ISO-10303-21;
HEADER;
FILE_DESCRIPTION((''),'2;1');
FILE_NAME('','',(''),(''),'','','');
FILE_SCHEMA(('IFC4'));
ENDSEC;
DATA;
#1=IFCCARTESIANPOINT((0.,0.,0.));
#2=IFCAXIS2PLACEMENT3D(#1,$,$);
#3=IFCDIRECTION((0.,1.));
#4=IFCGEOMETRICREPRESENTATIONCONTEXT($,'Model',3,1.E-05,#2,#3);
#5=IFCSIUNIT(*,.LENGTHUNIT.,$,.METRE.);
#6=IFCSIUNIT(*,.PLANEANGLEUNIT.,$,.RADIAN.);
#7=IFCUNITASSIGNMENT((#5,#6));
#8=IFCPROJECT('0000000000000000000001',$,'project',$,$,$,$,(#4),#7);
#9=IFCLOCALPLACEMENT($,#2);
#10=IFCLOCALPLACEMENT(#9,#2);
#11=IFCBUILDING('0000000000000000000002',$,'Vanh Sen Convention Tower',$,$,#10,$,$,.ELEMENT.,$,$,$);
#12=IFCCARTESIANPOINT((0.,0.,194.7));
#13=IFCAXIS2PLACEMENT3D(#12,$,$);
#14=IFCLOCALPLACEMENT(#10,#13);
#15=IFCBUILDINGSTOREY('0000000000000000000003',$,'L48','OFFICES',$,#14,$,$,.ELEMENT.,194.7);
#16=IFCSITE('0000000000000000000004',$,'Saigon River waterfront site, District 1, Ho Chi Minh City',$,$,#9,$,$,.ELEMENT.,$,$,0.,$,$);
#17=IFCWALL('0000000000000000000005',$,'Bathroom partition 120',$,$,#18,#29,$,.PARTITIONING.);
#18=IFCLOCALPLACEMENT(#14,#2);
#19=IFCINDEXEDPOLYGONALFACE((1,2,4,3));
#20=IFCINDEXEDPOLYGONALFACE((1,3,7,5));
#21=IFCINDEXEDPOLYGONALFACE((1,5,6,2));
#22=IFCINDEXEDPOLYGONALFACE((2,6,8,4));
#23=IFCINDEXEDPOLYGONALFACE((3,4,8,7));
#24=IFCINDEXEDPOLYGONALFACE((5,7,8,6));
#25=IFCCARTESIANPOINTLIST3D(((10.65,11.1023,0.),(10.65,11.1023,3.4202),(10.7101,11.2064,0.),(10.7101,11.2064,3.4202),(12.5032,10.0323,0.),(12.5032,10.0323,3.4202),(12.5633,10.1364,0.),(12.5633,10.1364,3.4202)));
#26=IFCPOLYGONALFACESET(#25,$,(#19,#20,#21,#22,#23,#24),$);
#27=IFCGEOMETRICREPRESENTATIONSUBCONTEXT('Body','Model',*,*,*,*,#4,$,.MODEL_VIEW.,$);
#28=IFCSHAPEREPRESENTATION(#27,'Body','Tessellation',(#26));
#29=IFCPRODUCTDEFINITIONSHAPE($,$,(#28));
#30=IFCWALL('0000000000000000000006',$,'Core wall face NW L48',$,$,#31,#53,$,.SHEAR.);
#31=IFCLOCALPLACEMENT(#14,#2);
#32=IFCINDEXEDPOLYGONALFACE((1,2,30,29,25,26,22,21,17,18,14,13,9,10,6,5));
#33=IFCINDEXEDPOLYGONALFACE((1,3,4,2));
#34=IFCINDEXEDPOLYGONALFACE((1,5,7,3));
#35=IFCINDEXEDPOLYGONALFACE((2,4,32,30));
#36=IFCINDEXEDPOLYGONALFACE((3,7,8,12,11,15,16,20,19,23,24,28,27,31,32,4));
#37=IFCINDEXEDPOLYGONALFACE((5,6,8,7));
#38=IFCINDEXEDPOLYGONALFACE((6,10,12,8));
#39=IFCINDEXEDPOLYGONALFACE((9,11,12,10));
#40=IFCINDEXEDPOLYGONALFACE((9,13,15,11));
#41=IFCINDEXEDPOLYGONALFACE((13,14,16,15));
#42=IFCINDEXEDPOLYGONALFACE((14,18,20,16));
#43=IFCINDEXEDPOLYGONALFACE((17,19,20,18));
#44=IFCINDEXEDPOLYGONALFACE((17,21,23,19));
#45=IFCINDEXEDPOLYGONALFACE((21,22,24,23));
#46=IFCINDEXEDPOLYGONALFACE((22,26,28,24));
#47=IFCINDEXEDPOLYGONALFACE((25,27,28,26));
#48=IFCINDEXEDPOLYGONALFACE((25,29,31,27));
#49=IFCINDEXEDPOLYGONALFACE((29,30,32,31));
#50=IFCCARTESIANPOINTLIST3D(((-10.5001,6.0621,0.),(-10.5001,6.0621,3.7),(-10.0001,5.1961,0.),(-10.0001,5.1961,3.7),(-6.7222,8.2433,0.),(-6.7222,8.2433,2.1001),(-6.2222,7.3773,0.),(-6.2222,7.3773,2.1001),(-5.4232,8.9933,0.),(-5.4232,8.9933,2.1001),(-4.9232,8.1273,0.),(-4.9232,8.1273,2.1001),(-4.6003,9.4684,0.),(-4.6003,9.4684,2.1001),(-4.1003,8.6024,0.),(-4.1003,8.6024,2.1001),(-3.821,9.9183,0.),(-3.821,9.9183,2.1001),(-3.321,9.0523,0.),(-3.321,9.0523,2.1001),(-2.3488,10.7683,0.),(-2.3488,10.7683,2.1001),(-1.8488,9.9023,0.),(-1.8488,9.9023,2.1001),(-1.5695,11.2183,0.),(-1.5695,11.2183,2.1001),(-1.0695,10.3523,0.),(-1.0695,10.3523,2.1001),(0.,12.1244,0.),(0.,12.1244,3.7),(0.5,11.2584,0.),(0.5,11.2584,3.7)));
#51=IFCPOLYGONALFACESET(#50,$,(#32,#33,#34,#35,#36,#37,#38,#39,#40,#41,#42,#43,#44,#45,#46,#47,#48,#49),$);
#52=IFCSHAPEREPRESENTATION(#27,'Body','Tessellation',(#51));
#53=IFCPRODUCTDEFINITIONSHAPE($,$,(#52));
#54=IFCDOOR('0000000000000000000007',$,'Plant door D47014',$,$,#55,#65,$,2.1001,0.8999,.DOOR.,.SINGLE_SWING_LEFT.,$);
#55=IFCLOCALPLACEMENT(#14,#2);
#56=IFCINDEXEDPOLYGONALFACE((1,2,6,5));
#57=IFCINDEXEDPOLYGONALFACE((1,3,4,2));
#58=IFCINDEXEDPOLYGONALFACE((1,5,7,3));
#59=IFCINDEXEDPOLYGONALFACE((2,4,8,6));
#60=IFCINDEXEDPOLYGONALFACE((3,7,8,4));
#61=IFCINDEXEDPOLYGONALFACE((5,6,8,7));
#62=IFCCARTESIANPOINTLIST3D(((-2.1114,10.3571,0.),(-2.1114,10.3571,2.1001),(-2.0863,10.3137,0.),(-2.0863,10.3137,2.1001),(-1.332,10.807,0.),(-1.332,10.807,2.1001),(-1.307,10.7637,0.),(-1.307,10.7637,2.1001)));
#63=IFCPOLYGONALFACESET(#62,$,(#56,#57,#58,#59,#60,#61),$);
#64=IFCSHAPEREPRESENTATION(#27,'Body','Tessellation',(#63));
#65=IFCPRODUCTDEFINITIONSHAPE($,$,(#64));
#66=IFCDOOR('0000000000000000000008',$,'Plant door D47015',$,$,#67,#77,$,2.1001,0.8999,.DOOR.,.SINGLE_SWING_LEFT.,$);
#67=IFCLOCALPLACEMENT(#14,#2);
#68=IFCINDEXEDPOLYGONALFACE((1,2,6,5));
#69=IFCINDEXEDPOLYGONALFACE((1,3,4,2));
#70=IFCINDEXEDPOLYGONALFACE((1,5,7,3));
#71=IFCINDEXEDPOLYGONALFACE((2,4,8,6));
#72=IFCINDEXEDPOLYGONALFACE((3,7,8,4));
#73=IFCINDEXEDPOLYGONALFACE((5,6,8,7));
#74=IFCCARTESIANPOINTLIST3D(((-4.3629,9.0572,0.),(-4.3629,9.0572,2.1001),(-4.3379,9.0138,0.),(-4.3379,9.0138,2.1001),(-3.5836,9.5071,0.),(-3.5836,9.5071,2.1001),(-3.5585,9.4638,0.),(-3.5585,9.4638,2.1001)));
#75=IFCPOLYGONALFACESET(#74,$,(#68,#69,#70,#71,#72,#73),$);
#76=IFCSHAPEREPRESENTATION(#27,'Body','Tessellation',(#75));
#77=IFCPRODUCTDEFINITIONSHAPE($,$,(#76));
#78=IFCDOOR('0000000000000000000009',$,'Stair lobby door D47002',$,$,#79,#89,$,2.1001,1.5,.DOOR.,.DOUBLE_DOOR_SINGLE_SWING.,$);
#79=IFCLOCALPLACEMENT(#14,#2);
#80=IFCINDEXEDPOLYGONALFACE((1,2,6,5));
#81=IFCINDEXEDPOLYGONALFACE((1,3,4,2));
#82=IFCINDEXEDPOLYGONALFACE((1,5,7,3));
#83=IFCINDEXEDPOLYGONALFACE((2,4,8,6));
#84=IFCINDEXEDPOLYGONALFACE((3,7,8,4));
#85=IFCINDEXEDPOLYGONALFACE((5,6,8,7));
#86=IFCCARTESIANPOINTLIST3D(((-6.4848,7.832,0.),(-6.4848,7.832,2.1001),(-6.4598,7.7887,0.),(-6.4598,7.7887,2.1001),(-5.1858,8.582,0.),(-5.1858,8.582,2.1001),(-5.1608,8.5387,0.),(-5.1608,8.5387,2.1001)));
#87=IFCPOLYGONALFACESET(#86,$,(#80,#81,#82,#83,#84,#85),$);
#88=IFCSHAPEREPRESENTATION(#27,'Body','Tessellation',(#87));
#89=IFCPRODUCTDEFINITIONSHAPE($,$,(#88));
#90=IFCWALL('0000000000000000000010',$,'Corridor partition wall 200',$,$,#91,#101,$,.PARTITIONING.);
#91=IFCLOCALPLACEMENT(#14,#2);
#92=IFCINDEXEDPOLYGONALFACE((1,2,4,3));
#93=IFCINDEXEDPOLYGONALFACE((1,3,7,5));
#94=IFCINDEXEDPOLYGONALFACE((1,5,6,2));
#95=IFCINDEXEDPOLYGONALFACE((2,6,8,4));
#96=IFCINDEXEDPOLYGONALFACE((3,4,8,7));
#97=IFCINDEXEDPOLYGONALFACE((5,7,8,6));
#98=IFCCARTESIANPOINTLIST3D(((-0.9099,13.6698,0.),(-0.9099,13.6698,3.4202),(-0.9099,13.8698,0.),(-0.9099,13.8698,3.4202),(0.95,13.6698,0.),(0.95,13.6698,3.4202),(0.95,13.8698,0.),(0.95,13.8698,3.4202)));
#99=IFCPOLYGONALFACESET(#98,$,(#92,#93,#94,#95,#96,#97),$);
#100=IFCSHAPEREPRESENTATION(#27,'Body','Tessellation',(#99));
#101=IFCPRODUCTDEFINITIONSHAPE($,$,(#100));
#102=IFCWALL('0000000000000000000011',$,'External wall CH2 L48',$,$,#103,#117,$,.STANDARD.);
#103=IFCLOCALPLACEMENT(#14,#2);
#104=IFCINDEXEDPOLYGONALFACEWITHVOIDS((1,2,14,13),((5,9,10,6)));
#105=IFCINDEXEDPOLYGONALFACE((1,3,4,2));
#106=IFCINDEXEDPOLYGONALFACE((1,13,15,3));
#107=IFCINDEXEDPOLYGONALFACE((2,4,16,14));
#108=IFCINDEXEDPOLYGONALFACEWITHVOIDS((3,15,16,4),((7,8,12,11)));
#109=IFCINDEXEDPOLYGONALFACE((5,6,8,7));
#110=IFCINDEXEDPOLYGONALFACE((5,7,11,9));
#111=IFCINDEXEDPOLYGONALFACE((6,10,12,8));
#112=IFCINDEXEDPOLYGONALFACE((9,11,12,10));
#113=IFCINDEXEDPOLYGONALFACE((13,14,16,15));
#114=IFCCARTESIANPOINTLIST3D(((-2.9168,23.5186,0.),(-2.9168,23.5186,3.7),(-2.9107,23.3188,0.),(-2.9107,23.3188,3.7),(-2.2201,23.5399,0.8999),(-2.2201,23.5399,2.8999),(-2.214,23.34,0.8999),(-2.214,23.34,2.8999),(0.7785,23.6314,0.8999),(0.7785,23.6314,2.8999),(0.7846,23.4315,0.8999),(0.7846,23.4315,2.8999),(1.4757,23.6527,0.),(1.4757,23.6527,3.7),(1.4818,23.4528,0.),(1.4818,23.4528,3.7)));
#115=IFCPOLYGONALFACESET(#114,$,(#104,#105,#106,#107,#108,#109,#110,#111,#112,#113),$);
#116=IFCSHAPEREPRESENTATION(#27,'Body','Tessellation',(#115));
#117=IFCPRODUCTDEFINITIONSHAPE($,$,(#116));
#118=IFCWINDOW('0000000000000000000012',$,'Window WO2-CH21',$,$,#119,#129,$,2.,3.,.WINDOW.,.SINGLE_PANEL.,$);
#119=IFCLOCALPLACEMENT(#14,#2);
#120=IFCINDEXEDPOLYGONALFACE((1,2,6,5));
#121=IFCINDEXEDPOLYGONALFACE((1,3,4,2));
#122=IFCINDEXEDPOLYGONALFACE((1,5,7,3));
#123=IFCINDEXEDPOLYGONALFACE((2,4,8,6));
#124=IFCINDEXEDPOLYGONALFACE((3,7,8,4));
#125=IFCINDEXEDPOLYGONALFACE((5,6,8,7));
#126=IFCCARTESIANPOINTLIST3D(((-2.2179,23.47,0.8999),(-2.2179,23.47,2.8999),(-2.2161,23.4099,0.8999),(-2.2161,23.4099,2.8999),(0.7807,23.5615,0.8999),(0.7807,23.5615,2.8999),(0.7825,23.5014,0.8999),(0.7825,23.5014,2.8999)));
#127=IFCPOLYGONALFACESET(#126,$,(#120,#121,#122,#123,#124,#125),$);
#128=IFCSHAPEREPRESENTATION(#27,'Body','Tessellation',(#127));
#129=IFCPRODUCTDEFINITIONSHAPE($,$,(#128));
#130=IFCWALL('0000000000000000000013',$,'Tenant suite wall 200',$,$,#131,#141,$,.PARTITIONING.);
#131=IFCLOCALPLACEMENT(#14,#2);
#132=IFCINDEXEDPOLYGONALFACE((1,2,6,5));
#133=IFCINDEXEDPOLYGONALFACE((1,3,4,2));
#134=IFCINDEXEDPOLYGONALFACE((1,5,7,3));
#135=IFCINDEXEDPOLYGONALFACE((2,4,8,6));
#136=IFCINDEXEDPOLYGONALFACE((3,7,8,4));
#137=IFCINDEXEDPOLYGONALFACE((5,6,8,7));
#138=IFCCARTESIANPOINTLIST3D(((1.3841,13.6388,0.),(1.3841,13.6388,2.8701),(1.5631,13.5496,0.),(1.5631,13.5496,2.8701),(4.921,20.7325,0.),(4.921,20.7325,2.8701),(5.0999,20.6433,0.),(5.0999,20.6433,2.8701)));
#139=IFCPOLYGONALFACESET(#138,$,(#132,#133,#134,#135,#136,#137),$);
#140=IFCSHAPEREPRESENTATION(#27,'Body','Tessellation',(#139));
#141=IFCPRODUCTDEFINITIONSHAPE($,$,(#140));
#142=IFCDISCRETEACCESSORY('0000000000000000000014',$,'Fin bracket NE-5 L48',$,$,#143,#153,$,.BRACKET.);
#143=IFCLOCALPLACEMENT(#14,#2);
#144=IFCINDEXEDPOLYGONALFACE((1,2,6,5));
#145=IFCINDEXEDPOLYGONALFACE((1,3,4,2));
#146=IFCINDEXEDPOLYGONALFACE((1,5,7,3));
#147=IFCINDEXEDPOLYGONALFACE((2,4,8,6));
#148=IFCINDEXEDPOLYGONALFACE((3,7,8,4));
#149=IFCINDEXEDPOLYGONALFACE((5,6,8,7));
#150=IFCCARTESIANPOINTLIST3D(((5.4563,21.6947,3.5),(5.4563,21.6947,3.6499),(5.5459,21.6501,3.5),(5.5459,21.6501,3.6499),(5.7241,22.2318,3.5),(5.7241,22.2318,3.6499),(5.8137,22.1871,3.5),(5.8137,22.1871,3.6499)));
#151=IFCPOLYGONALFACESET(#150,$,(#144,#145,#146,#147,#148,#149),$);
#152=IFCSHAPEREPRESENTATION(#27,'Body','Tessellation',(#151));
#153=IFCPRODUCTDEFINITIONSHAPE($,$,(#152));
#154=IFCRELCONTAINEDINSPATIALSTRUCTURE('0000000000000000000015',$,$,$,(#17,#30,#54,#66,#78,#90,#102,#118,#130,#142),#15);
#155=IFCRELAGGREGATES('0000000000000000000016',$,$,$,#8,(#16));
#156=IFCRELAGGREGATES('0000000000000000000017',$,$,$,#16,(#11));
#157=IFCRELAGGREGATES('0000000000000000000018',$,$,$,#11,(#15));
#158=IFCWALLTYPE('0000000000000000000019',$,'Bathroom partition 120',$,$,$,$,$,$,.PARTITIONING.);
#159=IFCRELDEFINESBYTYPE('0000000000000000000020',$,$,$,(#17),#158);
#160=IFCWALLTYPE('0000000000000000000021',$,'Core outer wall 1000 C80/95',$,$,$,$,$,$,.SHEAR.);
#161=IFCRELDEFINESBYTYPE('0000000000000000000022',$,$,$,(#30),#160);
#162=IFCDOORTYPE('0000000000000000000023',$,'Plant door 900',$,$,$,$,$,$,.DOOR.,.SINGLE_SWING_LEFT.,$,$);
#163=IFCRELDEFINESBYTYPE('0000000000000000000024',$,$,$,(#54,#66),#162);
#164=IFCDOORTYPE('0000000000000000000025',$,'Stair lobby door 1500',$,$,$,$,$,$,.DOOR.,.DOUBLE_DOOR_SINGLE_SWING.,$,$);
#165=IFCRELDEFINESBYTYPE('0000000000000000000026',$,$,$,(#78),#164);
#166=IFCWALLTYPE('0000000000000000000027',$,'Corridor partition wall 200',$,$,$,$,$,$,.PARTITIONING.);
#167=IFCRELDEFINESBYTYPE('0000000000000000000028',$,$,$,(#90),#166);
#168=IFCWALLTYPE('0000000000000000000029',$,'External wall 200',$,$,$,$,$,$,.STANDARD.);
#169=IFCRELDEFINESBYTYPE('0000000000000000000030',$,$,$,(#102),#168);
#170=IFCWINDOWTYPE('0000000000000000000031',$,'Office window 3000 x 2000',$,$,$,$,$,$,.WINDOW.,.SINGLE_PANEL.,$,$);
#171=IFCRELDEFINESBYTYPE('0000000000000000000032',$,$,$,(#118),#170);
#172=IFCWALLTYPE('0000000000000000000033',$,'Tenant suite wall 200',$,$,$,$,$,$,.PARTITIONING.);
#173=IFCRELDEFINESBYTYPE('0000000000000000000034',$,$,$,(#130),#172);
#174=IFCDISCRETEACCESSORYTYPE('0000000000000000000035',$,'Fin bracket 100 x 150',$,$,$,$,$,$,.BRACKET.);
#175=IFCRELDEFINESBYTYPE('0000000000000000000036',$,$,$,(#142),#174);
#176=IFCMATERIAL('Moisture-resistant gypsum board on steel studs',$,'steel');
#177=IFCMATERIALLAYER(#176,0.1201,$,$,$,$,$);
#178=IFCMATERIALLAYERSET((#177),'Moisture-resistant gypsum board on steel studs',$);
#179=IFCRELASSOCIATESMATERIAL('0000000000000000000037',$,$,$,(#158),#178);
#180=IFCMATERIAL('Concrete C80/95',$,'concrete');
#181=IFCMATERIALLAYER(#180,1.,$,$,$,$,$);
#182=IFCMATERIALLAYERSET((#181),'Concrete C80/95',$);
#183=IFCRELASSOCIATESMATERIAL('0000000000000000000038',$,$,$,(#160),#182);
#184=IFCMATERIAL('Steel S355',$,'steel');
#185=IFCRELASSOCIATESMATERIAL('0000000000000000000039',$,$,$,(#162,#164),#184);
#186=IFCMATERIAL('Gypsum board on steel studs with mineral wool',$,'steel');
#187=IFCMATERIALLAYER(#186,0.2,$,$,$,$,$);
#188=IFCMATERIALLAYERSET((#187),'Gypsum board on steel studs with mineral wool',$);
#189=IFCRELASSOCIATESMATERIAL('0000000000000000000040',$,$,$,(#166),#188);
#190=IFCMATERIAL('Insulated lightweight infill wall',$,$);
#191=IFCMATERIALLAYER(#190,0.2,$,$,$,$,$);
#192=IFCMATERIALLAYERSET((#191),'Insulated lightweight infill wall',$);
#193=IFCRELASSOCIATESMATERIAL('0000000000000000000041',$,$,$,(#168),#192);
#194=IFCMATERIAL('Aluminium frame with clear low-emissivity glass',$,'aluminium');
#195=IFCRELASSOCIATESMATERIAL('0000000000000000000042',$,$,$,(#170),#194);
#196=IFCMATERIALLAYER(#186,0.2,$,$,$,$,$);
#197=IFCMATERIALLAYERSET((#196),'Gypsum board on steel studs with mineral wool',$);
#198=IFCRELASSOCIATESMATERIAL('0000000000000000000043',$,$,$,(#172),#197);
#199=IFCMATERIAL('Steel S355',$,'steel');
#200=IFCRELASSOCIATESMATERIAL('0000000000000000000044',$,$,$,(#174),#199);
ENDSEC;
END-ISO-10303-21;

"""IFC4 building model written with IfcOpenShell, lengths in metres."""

from ifc_helpers import new_model, si_unit, direction, frame, frame_2d, origin, origin_2d, place, context, subcontext, project, spatial, rectangle, extrude, material, layer, layer_set, type_object, element, fill, save


model = new_model("IFC4")

# Units and contexts
model_context = context("Model", 3, precision=1e-05, world=origin(), true_north=direction((0.0, 1.0)))
body_context = subcontext(model_context, "Body", "Model", "MODEL_VIEW")
ifc_project = project(units=[si_unit("LENGTHUNIT", "METRE"), si_unit("PLANEANGLEUNIT", "RADIAN")], contexts=[model_context])

# Site, building, storey
site_placement = place(None, origin())
site = spatial("IfcSite", under=ifc_project, at=site_placement, Name="Saigon River waterfront site, District 1, Ho Chi Minh City", CompositionType="ELEMENT", RefElevation=0.0)
building_placement = place(site_placement, origin())
building = spatial("IfcBuilding", under=site, at=building_placement, Name="Vanh Sen Convention Tower", CompositionType="ELEMENT")
storey_placement = place(building_placement, frame((0.0, 0.0, 194.7)))
storey = spatial("IfcBuildingStorey", under=building, at=storey_placement, Name="L48", Description="OFFICES", CompositionType="ELEMENT", Elevation=194.7)

# Shared definitions
ifc_material_1 = material(Name="Concrete C80/95", Category="concrete")

# Wall
ifc_material_2 = material(Name="Moisture-resistant gypsum board on steel studs", Category="steel")
ifc_layer_1 = layer(ifc_material_2, 0.1201)
ifc_layer_set_1 = layer_set([ifc_layer_1], Name="Moisture-resistant gypsum board on steel studs")
wall_type_1 = type_object("IfcWallType", Name="Bathroom partition 120", PredefinedType="PARTITIONING", material=ifc_layer_set_1)
wall_1_placement = place(storey_placement, frame((10.6802, 11.1543, 0.0), z_axis=(0.0, 0.0, 1.0), x_axis=(0.866009, -0.500029, 0.0)))
element("IfcWall", 1, at=wall_1_placement, inside=storey, type_object=wall_type_1, Name="Bathroom partition 120", PredefinedType="PARTITIONING", context=body_context, shape_type="SweptSolid", body=[
    extrude(rectangle(XDim=2.1399, YDim=0.1201, at=frame_2d((1.0698, 0.0))), origin(), (0.0, 0.0, 1.0), 3.4202),
])

# Wall, openings, doors
ifc_layer_2 = layer(ifc_material_1, 1.0)
ifc_layer_set_2 = layer_set([ifc_layer_2], Name="Concrete C80/95")
wall_type_2 = type_object("IfcWallType", Name="Core outer wall 1000 C80/95", PredefinedType="SHEAR", material=ifc_layer_set_2)
wall_2_placement = place(storey_placement, frame((0.25, 11.6914, 0.0), z_axis=(0.0, 0.0, 1.0), x_axis=(-0.866023, -0.500005, 0.0)))
wall_2 = element("IfcWall", 2, at=wall_2_placement, inside=storey, type_object=wall_type_2, Name="Core wall face NW L48", PredefinedType="SHEAR", context=body_context, shape_type="SweptSolid", body=[
    extrude(rectangle(XDim=12.1245, YDim=1.0, at=frame_2d((6.0623, 0.0))), origin(), (0.0, 0.0, 1.0), 3.7),
])
opening_1_placement = place(wall_2_placement, frame((6.2622, 0.0, 0.0)))
opening_1 = element("IfcOpeningElement", 3, at=opening_1_placement, cuts=wall_2, PredefinedType="OPENING", context=body_context, shape_type="SweptSolid", body=[
    extrude(rectangle(XDim=1.5, YDim=2.1001, at=frame_2d((0.75, 1.05))), frame((0.0, 0.51, 0.0), z_axis=(0.0, -1.0, 0.0), x_axis=(1.0, 0.0, 0.0)), (0.0, 0.0, 1.0), 1.02),
])
opening_2_placement = place(wall_2_placement, frame((1.8123, 0.0, 0.0)))
opening_2 = element("IfcOpeningElement", 4, at=opening_2_placement, cuts=wall_2, PredefinedType="OPENING", context=body_context, shape_type="SweptSolid", body=[
    extrude(rectangle(XDim=0.8999, YDim=2.1001, at=frame_2d((0.45, 1.05))), frame((0.0, 0.51, 0.0), z_axis=(0.0, -1.0, 0.0), x_axis=(1.0, 0.0, 0.0)), (0.0, 0.0, 1.0), 1.02),
])
opening_3_placement = place(wall_2_placement, frame((4.4121, 0.0, 0.0)))
opening_3 = element("IfcOpeningElement", 5, at=opening_3_placement, cuts=wall_2, PredefinedType="OPENING", context=body_context, shape_type="SweptSolid", body=[
    extrude(rectangle(XDim=0.8999, YDim=2.1001, at=frame_2d((0.45, 1.05))), frame((0.0, 0.51, 0.0), z_axis=(0.0, -1.0, 0.0), x_axis=(1.0, 0.0, 0.0)), (0.0, 0.0, 1.0), 1.02),
])
ifc_material_3 = material(Name="Steel S355", Category="steel")
door_type_1 = type_object("IfcDoorType", Name="Plant door 900", OperationType="SINGLE_SWING_LEFT", PredefinedType="DOOR", material=ifc_material_3)
door_1_placement = place(opening_2_placement, origin())
door_1 = element("IfcDoor", 6, at=door_1_placement, inside=storey, type_object=door_type_1, Name="Plant door D47014", OperationType="SINGLE_SWING_LEFT", OverallHeight=2.1001, OverallWidth=0.8999, PredefinedType="DOOR", context=body_context, shape_type="SweptSolid", body=[
    extrude(rectangle(XDim=0.8999, YDim=2.1001, at=frame_2d((0.45, 1.05))), frame((0.0, 0.0249, 0.0), z_axis=(0.0, -1.0, 0.0), x_axis=(1.0, 0.0, 0.0)), (0.0, 0.0, 1.0), 0.05),
])
fill(opening_2, door_1)
door_2_placement = place(opening_3_placement, origin())
door_2 = element("IfcDoor", 7, at=door_2_placement, inside=storey, type_object=door_type_1, Name="Plant door D47015", OperationType="SINGLE_SWING_LEFT", OverallHeight=2.1001, OverallWidth=0.8999, PredefinedType="DOOR", context=body_context, shape_type="SweptSolid", body=[
    extrude(rectangle(XDim=0.8999, YDim=2.1001, at=frame_2d((0.45, 1.05))), frame((0.0, 0.0249, 0.0), z_axis=(0.0, -1.0, 0.0), x_axis=(1.0, 0.0, 0.0)), (0.0, 0.0, 1.0), 0.05),
])
fill(opening_3, door_2)
door_type_2 = type_object("IfcDoorType", Name="Stair lobby door 1500", OperationType="DOUBLE_DOOR_SINGLE_SWING", PredefinedType="DOOR", material=ifc_material_3)
door_3_placement = place(opening_1_placement, origin())
door_3 = element("IfcDoor", 8, at=door_3_placement, inside=storey, type_object=door_type_2, Name="Stair lobby door D47002", OperationType="DOUBLE_DOOR_SINGLE_SWING", OverallHeight=2.1001, OverallWidth=1.5, PredefinedType="DOOR", context=body_context, shape_type="SweptSolid", body=[
    extrude(rectangle(XDim=1.5, YDim=2.1001, at=frame_2d((0.75, 1.05))), frame((0.0, 0.0249, 0.0), z_axis=(0.0, -1.0, 0.0), x_axis=(1.0, 0.0, 0.0)), (0.0, 0.0, 1.0), 0.05),
])
fill(opening_1, door_3)

# Wall
ifc_material_4 = material(Name="Gypsum board on steel studs with mineral wool", Category="steel")
ifc_layer_3 = layer(ifc_material_4, 0.2)
ifc_layer_set_3 = layer_set([ifc_layer_3], Name="Gypsum board on steel studs with mineral wool")
wall_type_3 = type_object("IfcWallType", Name="Corridor partition wall 200", PredefinedType="PARTITIONING", material=ifc_layer_set_3)
wall_3_placement = place(storey_placement, frame((0.95, 13.7698, 0.0), z_axis=(0.0, 0.0, 1.0), x_axis=(-1.0, 0.0, 0.0)))
element("IfcWall", 9, at=wall_3_placement, inside=storey, type_object=wall_type_3, Name="Corridor partition wall 200", PredefinedType="PARTITIONING", context=body_context, shape_type="SweptSolid", body=[
    extrude(rectangle(XDim=1.8599, YDim=0.2, at=frame_2d((0.9299, 0.0))), origin(), (0.0, 0.0, 1.0), 3.4202),
])

# Wall, opening, window
ifc_material_5 = material(Name="Insulated lightweight infill wall")
ifc_layer_4 = layer(ifc_material_5, 0.2)
ifc_layer_set_4 = layer_set([ifc_layer_4], Name="Insulated lightweight infill wall")
wall_type_4 = type_object("IfcWallType", Name="External wall 200", PredefinedType="STANDARD", material=ifc_layer_set_4)
wall_4_placement = place(storey_placement, frame((1.4788, 23.5527, 0.0), z_axis=(0.0, 0.0, 1.0), x_axis=(-0.999535, -0.030499, 0.0)))
wall_4 = element("IfcWall", 10, at=wall_4_placement, inside=storey, type_object=wall_type_4, Name="External wall CH2 L48", PredefinedType="STANDARD", context=body_context, shape_type="SweptSolid", body=[
    extrude(rectangle(XDim=4.3945, YDim=0.2, at=frame_2d((2.1973, 0.0))), origin(), (0.0, 0.0, 1.0), 3.7),
])
opening_4_placement = place(wall_4_placement, frame((0.6975, 0.0, 0.8999)))
opening_4 = element("IfcOpeningElement", 11, at=opening_4_placement, cuts=wall_4, PredefinedType="OPENING", context=body_context, shape_type="SweptSolid", body=[
    extrude(rectangle(XDim=3.0, YDim=2.0, at=frame_2d((1.5, 1.0))), frame((0.0, 0.1099, 0.0), z_axis=(0.0, -1.0, 0.0), x_axis=(1.0, 0.0, 0.0)), (0.0, 0.0, 1.0), 0.22),
])
ifc_material_6 = material(Name="Aluminium frame with clear low-emissivity glass", Category="aluminium")
window_type = type_object("IfcWindowType", Name="Office window 3000 x 2000", PartitioningType="SINGLE_PANEL", PredefinedType="WINDOW", material=ifc_material_6)
window_placement = place(opening_4_placement, origin())
window = element("IfcWindow", 12, at=window_placement, inside=storey, type_object=window_type, Name="Window WO2-CH21", OverallHeight=2.0, OverallWidth=3.0, PartitioningType="SINGLE_PANEL", PredefinedType="WINDOW", context=body_context, shape_type="SweptSolid", body=[
    extrude(rectangle(XDim=3.0, YDim=2.0, at=frame_2d((1.5, 1.0))), frame((0.0, 0.03, 0.0), z_axis=(0.0, -1.0, 0.0), x_axis=(1.0, 0.0, 0.0)), (0.0, 0.0, 1.0), 0.0601),
])
fill(opening_4, window)

# Wall
ifc_layer_5 = layer(ifc_material_4, 0.2)
ifc_layer_set_5 = layer_set([ifc_layer_5], Name="Gypsum board on steel studs with mineral wool")
wall_type_5 = type_object("IfcWallType", Name="Tenant suite wall 200", PredefinedType="PARTITIONING", material=ifc_layer_set_5)
wall_5_placement = place(storey_placement, frame((5.0105, 20.688, 0.0), z_axis=(0.0, 0.0, 1.0), x_axis=(-0.446203, -0.894932, 0.0)))
element("IfcWall", 13, at=wall_5_placement, inside=storey, type_object=wall_type_5, Name="Tenant suite wall 200", PredefinedType="PARTITIONING", context=body_context, shape_type="SweptSolid", body=[
    extrude(rectangle(XDim=7.9265, YDim=0.2, at=frame_2d((3.9634, 0.0))), origin(), (0.0, 0.0, 1.0), 2.8701),
])

# Discrete accessory
ifc_material_7 = material(Name="Steel S355", Category="steel")
discrete_accessory_type = type_object("IfcDiscreteAccessoryType", Name="Fin bracket 100 x 150", PredefinedType="BRACKET", material=ifc_material_7)
discrete_accessory_placement = place(storey_placement, frame((5.635, 21.9409, 3.5), z_axis=(0.0, 0.0, 1.0), x_axis=(0.446198, 0.894934, 0.0)))
element("IfcDiscreteAccessory", 14, at=discrete_accessory_placement, inside=storey, type_object=discrete_accessory_type, Name="Fin bracket NE-5 L48", PredefinedType="BRACKET", context=body_context, shape_type="SweptSolid", body=[
    extrude(rectangle(XDim=0.6001, YDim=0.1001, at=origin_2d()), origin(), (0.0, 0.0, 1.0), 0.1499),
])

save(model, "model.ifc")
